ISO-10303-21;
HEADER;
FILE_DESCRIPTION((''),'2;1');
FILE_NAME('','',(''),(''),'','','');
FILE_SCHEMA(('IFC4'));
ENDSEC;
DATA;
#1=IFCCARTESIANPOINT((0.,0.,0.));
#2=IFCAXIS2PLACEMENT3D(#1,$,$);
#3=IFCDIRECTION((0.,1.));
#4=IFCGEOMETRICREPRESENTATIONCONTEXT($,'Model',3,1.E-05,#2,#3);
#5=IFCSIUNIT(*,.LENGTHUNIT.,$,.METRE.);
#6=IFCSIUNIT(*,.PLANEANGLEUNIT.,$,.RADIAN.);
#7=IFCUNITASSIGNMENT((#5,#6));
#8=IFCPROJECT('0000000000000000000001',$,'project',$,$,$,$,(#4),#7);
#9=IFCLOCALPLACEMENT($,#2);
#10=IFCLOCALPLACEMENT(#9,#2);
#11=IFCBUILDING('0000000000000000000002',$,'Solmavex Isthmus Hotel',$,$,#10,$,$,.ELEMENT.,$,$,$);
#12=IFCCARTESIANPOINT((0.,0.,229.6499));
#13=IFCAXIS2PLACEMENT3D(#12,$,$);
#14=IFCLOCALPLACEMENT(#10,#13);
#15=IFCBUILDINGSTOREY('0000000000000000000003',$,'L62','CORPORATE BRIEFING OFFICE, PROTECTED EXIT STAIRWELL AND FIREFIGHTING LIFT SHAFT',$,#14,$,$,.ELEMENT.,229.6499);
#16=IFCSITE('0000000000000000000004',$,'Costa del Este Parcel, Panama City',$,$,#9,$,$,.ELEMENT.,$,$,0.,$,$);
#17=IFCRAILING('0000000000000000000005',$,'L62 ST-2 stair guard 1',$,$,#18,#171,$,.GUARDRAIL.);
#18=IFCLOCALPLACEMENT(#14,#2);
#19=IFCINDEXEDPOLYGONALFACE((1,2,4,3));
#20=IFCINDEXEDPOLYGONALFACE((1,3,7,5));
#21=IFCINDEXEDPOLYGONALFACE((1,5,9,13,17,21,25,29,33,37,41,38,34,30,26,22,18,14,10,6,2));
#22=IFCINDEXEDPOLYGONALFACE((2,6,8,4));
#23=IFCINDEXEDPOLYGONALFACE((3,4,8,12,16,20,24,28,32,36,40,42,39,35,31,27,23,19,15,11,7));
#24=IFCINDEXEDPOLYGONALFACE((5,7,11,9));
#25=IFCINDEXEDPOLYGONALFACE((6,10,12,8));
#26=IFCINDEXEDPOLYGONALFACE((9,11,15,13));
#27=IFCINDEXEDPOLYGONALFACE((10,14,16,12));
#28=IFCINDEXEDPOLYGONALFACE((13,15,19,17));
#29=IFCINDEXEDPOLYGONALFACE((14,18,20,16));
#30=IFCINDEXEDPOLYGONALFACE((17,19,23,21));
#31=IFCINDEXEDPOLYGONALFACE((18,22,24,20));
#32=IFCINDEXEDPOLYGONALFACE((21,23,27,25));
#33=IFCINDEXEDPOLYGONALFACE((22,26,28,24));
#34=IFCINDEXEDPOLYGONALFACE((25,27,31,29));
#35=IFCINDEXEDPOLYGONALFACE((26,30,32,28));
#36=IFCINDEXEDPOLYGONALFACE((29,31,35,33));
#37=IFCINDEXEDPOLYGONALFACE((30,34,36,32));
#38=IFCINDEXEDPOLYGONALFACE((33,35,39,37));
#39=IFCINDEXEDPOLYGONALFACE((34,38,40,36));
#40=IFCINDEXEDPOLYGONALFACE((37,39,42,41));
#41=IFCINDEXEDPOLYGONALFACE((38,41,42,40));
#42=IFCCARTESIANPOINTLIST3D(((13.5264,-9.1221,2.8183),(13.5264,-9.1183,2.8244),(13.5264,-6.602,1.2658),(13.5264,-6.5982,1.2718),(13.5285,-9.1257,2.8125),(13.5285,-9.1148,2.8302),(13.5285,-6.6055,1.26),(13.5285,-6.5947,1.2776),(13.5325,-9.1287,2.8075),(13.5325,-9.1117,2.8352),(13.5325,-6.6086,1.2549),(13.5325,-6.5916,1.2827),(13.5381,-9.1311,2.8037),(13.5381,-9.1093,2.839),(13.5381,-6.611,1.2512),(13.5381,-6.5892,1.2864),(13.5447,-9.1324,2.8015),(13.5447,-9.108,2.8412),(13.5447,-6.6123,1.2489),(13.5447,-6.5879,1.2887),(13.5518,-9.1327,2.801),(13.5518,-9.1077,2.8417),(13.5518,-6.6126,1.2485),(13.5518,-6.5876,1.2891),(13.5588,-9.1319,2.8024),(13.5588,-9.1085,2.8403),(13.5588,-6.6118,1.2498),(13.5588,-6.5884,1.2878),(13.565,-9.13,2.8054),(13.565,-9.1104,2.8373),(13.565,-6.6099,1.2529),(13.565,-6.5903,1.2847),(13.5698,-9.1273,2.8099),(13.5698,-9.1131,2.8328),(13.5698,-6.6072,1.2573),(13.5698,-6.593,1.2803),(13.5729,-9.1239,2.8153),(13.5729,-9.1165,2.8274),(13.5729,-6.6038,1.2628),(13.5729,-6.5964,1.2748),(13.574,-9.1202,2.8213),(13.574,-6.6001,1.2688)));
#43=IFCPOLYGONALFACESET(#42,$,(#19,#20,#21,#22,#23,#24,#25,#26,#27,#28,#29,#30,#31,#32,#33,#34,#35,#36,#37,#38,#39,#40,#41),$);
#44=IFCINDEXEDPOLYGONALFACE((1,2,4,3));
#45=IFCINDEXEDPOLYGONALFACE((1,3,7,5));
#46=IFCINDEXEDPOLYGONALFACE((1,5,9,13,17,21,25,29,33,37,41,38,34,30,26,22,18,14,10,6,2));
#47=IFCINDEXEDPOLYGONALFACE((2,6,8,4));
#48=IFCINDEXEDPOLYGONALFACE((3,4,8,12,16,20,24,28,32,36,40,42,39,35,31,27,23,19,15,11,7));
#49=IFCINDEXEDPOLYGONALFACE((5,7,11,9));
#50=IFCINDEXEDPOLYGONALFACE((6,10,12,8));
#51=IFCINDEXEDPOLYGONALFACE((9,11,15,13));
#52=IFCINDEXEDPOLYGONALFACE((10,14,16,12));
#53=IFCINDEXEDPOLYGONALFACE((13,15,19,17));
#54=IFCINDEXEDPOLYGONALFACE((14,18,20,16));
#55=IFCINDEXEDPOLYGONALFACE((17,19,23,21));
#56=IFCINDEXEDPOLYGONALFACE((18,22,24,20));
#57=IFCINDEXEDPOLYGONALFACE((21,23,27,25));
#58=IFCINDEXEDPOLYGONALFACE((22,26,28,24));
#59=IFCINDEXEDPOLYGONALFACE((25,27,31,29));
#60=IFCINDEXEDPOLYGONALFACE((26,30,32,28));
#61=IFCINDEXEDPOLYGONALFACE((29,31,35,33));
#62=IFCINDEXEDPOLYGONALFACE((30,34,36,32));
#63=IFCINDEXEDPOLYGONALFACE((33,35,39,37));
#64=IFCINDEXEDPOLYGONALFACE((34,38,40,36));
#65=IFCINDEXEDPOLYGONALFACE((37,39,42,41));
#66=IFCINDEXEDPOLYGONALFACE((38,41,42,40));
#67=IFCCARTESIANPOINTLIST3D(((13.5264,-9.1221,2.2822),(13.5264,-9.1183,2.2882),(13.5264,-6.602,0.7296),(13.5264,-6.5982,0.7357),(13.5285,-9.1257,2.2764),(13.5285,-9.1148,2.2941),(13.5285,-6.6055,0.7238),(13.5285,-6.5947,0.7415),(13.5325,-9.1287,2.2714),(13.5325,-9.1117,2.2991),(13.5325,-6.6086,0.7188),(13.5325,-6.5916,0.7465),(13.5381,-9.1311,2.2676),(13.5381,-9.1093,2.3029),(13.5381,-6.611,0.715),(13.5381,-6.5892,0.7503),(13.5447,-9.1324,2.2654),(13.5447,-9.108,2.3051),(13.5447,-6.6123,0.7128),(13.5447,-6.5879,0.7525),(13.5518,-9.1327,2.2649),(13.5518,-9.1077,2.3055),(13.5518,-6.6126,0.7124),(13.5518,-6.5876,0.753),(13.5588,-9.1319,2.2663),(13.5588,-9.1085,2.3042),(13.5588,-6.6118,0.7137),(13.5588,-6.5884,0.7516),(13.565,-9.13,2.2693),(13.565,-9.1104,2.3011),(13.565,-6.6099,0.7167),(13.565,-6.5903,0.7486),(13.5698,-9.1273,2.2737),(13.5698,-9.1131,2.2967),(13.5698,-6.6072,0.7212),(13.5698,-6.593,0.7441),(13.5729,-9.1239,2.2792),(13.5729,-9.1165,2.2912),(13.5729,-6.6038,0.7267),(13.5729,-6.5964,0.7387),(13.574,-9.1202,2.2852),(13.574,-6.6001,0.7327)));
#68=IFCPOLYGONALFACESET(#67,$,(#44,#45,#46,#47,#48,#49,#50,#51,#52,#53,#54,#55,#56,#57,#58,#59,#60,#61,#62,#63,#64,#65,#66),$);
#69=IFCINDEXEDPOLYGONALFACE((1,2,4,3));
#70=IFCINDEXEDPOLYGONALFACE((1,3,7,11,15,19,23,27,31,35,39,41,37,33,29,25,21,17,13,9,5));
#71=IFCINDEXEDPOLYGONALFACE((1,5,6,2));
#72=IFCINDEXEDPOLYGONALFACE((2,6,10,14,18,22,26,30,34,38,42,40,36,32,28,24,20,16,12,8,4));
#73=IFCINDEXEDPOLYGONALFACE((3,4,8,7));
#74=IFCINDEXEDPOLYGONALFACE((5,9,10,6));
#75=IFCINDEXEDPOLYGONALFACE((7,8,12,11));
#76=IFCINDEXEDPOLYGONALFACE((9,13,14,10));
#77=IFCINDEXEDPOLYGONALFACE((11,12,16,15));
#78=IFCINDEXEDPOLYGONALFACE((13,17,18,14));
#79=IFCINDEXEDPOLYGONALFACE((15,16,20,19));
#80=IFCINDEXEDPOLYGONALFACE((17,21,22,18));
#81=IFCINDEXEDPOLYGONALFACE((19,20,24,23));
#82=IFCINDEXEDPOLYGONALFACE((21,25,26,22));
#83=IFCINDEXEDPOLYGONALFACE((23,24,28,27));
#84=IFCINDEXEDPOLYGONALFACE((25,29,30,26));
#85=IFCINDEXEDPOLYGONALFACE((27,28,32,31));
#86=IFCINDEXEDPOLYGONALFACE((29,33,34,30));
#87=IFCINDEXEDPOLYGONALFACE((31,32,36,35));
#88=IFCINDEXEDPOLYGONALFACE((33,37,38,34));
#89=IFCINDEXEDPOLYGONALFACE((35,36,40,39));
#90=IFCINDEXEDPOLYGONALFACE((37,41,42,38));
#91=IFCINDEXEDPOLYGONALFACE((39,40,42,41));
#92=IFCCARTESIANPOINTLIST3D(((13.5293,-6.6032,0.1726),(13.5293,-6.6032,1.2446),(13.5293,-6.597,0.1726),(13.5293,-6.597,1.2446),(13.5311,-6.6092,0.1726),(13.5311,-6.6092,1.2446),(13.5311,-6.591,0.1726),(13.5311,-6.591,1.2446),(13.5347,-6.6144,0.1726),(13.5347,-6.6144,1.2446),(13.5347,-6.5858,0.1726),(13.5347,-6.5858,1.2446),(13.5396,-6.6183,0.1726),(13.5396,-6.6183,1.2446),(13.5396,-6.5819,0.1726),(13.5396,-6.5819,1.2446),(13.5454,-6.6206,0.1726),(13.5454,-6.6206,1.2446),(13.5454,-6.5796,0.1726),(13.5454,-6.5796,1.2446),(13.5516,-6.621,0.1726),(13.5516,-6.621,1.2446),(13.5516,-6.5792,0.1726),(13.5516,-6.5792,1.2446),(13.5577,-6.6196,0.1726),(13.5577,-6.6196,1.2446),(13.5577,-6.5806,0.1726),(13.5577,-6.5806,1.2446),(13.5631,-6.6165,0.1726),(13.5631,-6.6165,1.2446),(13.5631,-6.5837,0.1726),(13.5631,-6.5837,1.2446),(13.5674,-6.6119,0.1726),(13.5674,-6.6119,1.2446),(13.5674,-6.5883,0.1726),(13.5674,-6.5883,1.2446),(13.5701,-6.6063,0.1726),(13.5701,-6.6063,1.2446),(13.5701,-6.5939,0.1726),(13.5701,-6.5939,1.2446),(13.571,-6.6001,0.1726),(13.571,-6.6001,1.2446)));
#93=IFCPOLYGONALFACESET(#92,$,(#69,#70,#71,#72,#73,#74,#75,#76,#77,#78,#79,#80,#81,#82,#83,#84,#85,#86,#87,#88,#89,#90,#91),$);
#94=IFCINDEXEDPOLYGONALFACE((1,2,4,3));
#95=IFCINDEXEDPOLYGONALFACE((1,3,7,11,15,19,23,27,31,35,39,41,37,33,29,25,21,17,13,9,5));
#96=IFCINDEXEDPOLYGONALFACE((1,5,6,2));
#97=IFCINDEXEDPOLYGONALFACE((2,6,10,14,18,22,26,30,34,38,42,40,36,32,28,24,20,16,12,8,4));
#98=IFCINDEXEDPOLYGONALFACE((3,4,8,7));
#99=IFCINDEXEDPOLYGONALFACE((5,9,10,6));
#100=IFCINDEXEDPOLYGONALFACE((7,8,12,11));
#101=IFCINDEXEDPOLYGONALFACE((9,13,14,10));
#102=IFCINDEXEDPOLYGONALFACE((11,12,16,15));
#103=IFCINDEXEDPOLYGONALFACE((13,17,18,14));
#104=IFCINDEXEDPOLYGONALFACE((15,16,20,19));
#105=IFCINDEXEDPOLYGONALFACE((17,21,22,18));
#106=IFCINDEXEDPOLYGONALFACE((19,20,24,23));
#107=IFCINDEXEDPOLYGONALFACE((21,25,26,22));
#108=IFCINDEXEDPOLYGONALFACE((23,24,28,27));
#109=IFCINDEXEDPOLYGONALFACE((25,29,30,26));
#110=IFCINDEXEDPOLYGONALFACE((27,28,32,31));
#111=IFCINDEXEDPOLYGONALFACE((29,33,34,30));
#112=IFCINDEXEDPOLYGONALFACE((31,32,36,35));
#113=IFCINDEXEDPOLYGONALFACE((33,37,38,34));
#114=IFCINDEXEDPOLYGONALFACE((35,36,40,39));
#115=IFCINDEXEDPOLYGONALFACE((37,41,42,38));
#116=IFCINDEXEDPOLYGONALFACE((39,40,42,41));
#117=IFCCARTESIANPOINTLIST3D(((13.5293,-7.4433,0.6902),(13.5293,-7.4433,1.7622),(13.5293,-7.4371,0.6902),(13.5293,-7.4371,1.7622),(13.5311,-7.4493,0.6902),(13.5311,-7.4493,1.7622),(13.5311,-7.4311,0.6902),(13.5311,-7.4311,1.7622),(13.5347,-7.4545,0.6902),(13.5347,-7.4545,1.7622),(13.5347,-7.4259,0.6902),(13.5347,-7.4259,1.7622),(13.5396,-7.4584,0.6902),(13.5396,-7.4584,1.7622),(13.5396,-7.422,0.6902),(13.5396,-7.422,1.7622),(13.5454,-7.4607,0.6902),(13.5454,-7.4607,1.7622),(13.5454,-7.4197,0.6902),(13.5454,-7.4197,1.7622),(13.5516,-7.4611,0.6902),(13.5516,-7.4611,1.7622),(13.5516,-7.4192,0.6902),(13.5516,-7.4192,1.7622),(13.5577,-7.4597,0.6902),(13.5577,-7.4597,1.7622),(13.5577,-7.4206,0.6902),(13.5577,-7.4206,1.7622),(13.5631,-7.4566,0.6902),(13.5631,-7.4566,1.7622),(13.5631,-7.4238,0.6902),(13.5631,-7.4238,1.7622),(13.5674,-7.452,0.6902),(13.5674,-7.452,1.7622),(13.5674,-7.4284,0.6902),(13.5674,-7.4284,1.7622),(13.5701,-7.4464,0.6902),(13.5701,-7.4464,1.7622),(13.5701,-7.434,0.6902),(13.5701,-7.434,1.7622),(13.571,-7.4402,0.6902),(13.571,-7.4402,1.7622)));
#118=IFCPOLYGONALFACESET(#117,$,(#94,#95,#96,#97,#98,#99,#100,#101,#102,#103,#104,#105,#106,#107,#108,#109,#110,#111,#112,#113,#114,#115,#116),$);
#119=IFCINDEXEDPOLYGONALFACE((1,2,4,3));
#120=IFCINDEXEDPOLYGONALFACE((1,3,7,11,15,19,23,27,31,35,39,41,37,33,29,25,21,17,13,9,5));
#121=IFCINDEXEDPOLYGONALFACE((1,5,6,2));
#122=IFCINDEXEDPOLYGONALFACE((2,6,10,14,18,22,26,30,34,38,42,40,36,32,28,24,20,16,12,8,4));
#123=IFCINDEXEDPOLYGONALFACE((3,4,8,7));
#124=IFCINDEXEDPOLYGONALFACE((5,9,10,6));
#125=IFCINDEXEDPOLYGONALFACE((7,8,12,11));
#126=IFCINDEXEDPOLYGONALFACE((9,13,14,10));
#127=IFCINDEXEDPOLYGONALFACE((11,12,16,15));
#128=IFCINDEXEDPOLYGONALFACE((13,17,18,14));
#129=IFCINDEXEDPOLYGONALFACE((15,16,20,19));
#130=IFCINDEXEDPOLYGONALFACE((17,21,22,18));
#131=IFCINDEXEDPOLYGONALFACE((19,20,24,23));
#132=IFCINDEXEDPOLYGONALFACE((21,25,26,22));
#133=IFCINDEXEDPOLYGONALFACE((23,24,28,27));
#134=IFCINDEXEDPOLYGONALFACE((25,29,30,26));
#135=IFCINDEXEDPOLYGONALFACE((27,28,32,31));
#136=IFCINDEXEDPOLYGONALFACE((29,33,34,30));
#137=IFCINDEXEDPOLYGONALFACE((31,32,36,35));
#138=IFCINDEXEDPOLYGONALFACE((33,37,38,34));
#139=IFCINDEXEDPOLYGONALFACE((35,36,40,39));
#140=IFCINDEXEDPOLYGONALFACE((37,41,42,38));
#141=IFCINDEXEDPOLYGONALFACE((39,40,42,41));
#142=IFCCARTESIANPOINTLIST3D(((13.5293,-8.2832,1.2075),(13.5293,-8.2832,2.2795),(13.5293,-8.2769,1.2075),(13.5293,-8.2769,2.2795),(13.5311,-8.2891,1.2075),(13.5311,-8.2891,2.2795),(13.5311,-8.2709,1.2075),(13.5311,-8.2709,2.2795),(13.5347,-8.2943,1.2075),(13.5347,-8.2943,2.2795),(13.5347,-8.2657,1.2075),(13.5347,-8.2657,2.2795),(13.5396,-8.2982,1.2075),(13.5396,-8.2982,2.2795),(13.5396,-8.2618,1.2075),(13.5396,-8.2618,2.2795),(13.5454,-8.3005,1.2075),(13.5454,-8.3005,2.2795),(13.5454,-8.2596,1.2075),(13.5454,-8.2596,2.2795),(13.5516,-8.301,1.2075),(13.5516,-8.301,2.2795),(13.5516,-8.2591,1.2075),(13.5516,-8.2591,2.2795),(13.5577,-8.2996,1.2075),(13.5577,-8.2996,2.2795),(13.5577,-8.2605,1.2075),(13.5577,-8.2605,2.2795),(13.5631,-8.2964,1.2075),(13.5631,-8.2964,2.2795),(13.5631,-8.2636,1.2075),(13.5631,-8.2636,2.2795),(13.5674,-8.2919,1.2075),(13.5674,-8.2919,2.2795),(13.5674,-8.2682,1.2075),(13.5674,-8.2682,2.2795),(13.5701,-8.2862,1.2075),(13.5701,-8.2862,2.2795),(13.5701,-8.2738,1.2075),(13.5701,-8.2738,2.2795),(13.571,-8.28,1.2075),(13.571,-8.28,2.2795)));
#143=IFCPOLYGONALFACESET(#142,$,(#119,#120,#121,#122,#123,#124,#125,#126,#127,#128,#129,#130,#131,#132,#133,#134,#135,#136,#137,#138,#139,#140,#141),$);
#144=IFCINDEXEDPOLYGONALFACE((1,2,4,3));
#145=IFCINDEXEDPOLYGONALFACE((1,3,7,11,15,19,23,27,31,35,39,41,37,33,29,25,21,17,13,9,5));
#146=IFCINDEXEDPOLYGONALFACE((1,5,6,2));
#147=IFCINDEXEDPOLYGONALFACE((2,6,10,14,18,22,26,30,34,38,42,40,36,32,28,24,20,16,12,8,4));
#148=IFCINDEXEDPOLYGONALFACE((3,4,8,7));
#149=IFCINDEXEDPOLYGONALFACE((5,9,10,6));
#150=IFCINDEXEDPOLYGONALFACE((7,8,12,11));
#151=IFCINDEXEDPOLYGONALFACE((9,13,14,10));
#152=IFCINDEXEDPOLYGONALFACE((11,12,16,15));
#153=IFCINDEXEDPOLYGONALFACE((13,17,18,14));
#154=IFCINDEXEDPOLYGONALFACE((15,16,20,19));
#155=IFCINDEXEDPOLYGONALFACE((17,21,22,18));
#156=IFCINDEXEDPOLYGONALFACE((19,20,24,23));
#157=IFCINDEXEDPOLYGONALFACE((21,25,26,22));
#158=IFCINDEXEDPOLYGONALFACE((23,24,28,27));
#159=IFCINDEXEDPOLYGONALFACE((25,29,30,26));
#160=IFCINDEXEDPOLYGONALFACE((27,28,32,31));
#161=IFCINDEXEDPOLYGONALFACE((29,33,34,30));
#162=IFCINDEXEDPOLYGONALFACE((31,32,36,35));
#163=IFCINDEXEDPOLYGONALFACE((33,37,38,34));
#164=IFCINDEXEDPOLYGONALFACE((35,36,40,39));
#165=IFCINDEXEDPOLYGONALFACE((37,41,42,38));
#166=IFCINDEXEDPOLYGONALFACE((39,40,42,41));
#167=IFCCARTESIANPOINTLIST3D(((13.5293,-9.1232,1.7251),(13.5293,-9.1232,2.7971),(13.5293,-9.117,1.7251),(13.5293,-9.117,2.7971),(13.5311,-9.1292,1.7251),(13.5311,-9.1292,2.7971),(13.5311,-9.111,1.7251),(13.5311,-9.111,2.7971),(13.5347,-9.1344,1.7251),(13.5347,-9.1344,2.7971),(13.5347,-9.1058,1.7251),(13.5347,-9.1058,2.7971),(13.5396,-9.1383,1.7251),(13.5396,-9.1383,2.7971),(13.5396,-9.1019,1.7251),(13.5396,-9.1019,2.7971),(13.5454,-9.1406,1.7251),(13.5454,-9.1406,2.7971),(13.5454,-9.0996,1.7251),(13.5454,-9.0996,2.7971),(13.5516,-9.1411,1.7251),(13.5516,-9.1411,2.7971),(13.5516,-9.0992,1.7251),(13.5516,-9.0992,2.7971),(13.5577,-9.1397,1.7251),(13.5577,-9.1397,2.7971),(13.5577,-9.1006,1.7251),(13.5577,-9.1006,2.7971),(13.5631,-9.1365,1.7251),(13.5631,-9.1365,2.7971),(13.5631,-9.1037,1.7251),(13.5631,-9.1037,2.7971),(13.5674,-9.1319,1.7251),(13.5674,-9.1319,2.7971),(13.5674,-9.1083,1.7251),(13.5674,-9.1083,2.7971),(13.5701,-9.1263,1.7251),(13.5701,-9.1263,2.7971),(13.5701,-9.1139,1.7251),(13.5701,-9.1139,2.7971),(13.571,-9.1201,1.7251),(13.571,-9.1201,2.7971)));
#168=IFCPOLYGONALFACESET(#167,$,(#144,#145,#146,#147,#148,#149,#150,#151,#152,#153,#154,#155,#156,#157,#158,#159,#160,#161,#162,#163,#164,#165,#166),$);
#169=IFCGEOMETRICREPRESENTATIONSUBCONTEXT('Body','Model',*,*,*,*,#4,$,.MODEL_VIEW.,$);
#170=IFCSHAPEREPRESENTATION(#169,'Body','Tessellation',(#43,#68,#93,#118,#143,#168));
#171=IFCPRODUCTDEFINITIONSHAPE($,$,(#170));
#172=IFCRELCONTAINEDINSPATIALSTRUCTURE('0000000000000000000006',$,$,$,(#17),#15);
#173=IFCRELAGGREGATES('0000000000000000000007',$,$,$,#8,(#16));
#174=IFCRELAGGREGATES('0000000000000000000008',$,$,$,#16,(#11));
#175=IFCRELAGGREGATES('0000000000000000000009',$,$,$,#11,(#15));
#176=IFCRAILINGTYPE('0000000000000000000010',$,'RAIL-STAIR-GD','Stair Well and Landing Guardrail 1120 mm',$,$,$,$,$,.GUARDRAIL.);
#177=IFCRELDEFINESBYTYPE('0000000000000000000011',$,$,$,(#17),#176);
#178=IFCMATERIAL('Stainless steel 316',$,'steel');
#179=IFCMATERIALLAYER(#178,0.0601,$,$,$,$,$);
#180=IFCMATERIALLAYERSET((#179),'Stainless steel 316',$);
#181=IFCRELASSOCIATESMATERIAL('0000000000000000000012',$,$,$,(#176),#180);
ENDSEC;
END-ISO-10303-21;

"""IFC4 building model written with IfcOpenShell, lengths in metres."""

from ifc_helpers import new_model, si_unit, direction, frame, origin, origin_2d, place, context, subcontext, project, spatial, circle, extrude, material, layer, layer_set, type_object, element, save


model = new_model("IFC4")

# Units and contexts
model_context = context("Model", 3, precision=1e-05, world=origin(), true_north=direction((0.0, 1.0)))
body_context = subcontext(model_context, "Body", "Model", "MODEL_VIEW")
ifc_project = project(units=[si_unit("LENGTHUNIT", "METRE"), si_unit("PLANEANGLEUNIT", "RADIAN")], contexts=[model_context])

# Site, building, storey
site_placement = place(None, origin())
site = spatial("IfcSite", under=ifc_project, at=site_placement, Name="Costa del Este Parcel, Panama City", CompositionType="ELEMENT", RefElevation=0.0)
building_placement = place(site_placement, origin())
building = spatial("IfcBuilding", under=site, at=building_placement, Name="Solmavex Isthmus Hotel", CompositionType="ELEMENT")
storey_placement = place(building_placement, frame((0.0, 0.0, 229.6499)))
storey = spatial("IfcBuildingStorey", under=building, at=storey_placement, Name="L62", Description="CORPORATE BRIEFING OFFICE, PROTECTED EXIT STAIRWELL AND FIREFIGHTING LIFT SHAFT", CompositionType="ELEMENT", Elevation=229.6499)

# Railing
ifc_material_1 = material(Name="Stainless steel 316", Category="steel")
ifc_layer_1 = layer(ifc_material_1, 0.0601)
ifc_layer_set_1 = layer_set([ifc_layer_1], Name="Stainless steel 316")
railing_type_1 = type_object("IfcRailingType", Name="RAIL-STAIR-GD", Description="Stair Well and Landing Guardrail 1120 mm", PredefinedType="GUARDRAIL", material=ifc_layer_set_1)
railing_1_placement = place(storey_placement, frame((13.55, -6.6001, 0.1726)))
element("IfcRailing", 1, at=railing_1_placement, inside=storey, type_object=railing_type_1, Name="L62 ST-2 stair guard 1", PredefinedType="GUARDRAIL", context=body_context, shape_type="SweptSolid", body=[
    extrude(circle(Radius=0.0239, at=origin_2d()), frame((0.0, 0.0, 1.0962), z_axis=(0.0, -0.8514, 0.524516), x_axis=(1.0, 0.0, 0.0)), (0.0, 0.0, 1.0), 2.96),
    extrude(circle(Radius=0.0239, at=origin_2d()), frame((0.0, 0.0, 0.5601), z_axis=(0.0, -0.8514, 0.524516), x_axis=(1.0, 0.0, 0.0)), (0.0, 0.0, 1.0), 2.96),
    extrude(circle(Radius=0.021, at=origin_2d()), origin(), (0.0, 0.0, 1.0), 1.072),
    extrude(circle(Radius=0.021, at=origin_2d()), frame((0.0, -0.8401, 0.5176)), (0.0, 0.0, 1.0), 1.072),
    extrude(circle(Radius=0.021, at=origin_2d()), frame((0.0, -1.6799, 1.0349)), (0.0, 0.0, 1.0), 1.072),
    extrude(circle(Radius=0.021, at=origin_2d()), frame((0.0, -2.52, 1.5525)), (0.0, 0.0, 1.0), 1.072),
])

save(model, "model.ifc")
